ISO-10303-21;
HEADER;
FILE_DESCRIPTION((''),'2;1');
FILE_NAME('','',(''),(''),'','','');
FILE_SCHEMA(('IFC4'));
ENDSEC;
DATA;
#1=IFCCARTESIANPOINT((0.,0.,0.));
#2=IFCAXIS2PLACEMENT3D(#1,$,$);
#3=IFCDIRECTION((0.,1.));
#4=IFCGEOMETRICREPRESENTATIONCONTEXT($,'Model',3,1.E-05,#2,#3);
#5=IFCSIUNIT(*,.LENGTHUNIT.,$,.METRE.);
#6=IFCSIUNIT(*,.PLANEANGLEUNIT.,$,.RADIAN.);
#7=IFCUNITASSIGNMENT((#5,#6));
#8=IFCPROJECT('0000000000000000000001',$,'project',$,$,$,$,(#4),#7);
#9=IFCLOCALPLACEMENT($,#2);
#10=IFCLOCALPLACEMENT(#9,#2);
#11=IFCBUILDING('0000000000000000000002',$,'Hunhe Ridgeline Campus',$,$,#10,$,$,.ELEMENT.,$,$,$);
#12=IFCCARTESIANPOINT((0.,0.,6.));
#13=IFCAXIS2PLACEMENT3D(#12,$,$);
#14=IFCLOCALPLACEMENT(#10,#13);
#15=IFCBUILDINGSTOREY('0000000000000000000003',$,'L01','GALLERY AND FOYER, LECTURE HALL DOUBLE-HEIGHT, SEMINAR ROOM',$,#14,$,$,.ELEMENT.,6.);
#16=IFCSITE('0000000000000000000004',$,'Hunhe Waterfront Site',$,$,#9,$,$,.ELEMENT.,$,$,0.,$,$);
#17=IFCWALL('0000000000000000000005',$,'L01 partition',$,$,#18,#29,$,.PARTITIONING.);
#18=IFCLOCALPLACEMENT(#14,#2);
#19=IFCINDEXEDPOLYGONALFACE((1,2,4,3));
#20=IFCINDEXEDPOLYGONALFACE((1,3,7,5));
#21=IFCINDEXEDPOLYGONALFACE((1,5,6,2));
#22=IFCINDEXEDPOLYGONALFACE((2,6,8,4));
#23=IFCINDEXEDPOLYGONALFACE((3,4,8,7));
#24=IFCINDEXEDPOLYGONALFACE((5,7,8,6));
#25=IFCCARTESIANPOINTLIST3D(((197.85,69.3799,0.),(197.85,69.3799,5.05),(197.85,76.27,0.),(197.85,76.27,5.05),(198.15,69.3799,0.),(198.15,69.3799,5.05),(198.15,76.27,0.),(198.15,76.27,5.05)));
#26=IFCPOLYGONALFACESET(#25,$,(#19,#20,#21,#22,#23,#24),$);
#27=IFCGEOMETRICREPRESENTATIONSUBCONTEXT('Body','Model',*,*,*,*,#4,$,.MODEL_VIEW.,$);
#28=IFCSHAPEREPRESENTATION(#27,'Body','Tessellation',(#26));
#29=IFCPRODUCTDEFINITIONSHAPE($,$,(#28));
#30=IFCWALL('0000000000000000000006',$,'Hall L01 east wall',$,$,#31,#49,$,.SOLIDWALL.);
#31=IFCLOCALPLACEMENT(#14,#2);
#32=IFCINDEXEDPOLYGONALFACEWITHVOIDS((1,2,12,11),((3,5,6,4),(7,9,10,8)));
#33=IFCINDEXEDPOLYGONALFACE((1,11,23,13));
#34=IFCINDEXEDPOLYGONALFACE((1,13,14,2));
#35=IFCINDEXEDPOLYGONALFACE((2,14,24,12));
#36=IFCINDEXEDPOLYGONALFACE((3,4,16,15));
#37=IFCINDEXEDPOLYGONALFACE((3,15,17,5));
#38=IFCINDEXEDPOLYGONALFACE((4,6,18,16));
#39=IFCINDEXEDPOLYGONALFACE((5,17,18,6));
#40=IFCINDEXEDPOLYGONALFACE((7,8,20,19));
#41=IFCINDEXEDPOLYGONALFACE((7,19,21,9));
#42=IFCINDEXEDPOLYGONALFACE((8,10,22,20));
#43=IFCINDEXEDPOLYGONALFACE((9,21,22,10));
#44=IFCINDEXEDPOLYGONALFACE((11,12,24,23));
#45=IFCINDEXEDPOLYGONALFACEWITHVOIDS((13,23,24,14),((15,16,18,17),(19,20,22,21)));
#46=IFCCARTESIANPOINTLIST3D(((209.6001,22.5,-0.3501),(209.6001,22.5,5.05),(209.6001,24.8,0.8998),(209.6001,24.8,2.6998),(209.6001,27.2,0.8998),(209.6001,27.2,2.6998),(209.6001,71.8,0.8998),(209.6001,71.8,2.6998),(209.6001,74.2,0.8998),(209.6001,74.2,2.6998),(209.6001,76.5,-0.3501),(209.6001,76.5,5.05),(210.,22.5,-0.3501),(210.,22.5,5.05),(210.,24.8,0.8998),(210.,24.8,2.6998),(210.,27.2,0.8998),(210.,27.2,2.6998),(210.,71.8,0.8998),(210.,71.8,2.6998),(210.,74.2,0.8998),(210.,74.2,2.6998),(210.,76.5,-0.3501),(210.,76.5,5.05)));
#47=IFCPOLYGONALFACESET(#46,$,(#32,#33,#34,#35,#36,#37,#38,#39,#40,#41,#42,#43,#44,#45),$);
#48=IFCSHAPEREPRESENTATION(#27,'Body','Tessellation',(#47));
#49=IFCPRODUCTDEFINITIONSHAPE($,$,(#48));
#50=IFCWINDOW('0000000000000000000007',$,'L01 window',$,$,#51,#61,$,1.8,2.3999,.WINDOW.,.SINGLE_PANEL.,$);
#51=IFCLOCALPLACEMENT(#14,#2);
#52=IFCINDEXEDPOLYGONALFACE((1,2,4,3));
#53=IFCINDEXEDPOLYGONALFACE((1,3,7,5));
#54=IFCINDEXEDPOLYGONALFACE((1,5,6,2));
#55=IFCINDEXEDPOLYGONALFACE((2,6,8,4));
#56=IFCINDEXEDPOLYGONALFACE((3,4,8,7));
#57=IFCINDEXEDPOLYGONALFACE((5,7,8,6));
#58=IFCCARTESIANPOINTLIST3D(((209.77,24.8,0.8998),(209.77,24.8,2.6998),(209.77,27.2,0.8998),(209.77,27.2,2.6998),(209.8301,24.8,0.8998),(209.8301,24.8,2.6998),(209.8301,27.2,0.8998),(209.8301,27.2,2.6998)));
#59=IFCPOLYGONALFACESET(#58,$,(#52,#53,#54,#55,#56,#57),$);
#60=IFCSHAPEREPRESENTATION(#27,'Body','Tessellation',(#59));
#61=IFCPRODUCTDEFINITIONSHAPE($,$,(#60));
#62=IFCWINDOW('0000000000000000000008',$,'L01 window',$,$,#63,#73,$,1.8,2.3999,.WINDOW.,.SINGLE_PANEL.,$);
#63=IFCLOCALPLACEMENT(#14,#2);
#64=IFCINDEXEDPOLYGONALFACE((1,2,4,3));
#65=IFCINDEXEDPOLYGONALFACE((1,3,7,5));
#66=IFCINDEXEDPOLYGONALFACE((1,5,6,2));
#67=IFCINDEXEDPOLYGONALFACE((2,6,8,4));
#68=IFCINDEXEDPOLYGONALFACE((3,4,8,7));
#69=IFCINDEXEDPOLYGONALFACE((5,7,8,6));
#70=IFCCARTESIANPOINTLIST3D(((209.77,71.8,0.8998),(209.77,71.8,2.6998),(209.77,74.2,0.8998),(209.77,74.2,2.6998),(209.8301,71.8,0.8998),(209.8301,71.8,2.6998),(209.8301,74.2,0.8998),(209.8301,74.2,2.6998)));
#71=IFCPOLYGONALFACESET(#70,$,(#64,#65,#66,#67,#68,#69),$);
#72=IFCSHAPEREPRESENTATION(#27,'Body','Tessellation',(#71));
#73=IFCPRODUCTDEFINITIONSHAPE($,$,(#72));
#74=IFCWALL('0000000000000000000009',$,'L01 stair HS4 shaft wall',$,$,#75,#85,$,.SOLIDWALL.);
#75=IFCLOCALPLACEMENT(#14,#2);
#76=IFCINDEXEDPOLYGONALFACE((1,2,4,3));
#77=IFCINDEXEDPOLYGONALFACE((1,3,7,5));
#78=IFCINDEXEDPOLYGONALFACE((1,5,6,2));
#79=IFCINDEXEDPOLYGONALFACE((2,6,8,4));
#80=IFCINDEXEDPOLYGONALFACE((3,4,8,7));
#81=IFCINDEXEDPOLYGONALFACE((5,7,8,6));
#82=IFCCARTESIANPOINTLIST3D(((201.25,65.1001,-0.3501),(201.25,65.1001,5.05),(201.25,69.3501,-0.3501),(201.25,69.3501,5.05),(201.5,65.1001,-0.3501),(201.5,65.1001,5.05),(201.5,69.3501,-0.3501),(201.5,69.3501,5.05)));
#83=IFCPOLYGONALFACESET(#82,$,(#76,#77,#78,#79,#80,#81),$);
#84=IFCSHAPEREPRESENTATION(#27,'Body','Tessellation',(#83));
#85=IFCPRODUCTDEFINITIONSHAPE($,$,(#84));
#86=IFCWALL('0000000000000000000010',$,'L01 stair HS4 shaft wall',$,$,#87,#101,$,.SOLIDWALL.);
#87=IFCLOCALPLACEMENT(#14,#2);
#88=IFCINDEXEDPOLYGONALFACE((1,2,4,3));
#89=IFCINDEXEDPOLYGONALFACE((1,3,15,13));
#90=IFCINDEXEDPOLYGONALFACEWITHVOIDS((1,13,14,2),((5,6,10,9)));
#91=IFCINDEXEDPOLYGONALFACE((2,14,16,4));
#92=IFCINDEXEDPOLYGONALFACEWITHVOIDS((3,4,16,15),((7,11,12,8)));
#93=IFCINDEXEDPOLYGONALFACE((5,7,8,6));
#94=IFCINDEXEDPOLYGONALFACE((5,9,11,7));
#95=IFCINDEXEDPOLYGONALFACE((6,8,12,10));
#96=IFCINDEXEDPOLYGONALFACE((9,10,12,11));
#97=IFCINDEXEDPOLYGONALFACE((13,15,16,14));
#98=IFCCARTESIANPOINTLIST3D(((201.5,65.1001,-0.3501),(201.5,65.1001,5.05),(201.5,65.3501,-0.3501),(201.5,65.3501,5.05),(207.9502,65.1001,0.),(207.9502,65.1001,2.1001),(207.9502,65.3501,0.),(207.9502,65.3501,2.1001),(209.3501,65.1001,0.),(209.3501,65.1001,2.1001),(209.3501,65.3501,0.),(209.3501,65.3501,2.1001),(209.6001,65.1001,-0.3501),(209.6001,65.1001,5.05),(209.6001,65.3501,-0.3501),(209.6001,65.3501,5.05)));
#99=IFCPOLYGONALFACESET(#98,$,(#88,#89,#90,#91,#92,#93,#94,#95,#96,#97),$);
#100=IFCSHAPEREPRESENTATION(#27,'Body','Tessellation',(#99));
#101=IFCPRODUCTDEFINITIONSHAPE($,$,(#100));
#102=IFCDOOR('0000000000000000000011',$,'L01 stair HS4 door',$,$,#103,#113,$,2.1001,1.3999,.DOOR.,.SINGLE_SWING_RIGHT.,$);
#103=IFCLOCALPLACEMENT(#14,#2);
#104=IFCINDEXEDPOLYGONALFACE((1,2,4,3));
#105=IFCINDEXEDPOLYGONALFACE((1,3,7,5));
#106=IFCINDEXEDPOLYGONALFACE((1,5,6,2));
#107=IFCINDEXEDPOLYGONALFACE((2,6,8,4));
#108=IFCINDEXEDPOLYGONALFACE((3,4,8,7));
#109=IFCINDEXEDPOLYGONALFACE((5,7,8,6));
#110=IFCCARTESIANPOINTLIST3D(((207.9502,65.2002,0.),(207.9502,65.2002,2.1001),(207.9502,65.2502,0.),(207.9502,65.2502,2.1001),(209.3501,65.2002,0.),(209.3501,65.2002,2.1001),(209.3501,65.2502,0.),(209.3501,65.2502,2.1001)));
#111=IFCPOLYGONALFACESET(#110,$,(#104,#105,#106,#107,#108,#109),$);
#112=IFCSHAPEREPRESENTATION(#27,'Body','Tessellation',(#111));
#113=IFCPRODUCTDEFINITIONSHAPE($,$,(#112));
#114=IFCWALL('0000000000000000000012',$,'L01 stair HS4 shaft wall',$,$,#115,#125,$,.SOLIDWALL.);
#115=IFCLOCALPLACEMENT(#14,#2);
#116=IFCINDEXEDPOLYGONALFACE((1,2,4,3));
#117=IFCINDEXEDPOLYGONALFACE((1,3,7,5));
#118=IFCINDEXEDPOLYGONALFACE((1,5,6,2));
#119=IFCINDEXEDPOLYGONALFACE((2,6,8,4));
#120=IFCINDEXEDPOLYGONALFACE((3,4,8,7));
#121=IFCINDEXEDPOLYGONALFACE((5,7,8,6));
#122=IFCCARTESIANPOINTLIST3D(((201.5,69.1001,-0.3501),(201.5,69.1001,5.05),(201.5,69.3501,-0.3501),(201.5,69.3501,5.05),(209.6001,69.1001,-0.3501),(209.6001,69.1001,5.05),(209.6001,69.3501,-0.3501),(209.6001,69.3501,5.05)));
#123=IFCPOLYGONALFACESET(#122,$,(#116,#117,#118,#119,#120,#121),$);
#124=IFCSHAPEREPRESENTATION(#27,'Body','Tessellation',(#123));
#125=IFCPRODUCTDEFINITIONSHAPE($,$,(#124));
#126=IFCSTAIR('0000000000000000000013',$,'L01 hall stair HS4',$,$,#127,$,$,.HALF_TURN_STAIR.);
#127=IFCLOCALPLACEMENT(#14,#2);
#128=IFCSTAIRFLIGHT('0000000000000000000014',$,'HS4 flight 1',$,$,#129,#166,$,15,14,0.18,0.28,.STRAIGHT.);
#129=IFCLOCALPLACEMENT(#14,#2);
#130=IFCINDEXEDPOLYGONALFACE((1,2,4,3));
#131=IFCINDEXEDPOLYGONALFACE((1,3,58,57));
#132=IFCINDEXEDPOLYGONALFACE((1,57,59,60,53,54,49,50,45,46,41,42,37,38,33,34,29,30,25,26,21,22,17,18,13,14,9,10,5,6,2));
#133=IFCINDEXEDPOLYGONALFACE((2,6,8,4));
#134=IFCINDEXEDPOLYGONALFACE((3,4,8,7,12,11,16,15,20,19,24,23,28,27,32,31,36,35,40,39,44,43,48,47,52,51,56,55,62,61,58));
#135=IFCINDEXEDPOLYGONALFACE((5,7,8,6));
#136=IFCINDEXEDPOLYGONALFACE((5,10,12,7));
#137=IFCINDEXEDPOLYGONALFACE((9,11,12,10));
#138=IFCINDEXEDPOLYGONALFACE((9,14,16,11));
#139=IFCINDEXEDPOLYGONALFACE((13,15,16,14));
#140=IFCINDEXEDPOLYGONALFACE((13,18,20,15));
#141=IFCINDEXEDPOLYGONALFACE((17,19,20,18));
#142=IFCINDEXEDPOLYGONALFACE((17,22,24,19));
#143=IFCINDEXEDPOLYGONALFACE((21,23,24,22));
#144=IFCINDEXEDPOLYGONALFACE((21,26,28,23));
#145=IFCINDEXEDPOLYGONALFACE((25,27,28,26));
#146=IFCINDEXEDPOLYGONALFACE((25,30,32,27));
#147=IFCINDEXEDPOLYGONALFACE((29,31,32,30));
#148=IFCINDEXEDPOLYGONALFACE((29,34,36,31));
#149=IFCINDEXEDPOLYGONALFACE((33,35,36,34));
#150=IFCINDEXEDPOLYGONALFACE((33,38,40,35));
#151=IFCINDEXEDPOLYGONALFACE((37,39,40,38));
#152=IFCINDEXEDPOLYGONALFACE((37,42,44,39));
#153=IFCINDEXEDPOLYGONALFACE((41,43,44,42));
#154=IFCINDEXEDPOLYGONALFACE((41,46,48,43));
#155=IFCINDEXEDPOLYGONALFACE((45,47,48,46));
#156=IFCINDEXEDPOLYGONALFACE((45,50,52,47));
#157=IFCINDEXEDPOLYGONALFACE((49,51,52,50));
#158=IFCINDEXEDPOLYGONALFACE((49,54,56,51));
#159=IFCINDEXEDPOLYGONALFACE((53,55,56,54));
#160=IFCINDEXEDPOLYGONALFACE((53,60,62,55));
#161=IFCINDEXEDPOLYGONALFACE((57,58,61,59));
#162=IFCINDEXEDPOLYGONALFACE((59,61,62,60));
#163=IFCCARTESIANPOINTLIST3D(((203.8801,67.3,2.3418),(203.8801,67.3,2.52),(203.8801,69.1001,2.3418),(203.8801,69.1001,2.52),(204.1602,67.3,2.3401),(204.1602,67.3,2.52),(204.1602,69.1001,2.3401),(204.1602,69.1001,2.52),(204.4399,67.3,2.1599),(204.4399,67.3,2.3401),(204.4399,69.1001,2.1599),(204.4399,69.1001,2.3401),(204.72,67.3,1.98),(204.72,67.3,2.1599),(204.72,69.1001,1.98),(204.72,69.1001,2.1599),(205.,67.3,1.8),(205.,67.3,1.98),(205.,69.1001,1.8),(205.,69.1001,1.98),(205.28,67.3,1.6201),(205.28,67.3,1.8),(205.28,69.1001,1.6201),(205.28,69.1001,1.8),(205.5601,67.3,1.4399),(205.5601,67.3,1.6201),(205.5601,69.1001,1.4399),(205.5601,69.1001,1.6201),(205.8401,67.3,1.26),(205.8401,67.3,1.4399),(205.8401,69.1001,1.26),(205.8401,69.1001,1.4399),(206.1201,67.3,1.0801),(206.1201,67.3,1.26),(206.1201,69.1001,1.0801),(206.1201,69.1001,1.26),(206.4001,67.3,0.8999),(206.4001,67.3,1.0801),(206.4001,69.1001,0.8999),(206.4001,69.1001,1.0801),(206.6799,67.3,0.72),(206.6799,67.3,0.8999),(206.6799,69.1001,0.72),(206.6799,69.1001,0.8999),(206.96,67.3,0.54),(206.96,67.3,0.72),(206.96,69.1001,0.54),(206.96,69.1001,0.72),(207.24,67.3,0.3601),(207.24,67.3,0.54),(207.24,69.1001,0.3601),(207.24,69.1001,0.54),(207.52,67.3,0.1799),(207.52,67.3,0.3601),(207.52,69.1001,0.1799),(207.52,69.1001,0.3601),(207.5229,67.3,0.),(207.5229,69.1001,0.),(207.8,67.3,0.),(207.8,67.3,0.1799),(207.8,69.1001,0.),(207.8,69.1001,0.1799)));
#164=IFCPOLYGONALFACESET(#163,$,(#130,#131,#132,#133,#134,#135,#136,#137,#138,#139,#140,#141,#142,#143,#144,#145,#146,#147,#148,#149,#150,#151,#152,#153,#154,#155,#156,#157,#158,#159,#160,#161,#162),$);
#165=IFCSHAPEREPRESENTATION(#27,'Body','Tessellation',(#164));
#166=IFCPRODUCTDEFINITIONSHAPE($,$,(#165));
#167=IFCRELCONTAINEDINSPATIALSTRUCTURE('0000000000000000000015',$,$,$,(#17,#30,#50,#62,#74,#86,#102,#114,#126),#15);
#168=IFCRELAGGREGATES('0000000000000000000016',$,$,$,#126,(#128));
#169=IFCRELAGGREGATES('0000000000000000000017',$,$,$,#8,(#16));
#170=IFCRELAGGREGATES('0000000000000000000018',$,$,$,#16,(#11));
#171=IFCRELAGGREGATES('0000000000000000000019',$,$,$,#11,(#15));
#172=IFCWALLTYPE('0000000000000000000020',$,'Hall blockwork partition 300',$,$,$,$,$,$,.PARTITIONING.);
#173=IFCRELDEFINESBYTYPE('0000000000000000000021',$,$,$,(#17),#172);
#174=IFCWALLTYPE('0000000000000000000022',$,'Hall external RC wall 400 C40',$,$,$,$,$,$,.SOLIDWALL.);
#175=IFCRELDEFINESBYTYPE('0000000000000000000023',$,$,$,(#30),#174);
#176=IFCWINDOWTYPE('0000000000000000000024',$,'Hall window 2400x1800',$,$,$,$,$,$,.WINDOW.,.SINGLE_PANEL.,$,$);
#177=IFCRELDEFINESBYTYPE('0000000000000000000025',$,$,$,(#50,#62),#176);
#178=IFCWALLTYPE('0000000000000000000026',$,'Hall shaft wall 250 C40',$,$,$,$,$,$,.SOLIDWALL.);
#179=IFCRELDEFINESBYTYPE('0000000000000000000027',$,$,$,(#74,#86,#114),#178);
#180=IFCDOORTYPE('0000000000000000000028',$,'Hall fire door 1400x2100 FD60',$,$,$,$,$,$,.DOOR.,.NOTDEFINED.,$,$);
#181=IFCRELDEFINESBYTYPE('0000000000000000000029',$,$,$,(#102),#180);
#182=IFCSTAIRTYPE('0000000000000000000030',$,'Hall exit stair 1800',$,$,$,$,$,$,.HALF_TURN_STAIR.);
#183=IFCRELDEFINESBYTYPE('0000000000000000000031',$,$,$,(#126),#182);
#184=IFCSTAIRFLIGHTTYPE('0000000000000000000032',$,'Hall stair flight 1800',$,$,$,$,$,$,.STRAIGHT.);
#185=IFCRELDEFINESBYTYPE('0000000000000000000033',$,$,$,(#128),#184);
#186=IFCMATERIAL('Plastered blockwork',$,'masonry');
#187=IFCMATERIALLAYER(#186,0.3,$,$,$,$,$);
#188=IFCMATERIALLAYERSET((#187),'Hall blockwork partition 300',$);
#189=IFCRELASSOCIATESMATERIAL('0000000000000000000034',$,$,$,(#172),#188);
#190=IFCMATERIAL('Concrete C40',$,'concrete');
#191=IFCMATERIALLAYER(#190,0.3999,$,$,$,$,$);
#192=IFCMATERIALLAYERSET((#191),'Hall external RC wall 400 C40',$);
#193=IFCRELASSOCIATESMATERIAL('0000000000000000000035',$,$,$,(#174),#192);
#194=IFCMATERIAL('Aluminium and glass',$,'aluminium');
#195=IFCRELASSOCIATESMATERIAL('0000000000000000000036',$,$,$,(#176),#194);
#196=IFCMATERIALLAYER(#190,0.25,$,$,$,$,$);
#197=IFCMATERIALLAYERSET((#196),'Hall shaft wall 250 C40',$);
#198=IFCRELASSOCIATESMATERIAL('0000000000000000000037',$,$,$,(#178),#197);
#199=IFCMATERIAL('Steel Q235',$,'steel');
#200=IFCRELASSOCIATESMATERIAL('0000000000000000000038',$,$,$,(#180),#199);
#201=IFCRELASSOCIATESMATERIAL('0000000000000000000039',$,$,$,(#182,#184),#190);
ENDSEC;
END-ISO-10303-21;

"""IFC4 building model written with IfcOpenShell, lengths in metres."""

from ifc_helpers import new_model, si_unit, direction, frame, frame_2d, origin, place, context, subcontext, project, spatial, polyline, rectangle, outline, extrude, material, layer, layer_set, type_object, element, fill, aggregate, save


model = new_model("IFC4")

# Units and contexts
model_context = context("Model", 3, precision=1e-05, world=origin(), true_north=direction((0.0, 1.0)))
body_context = subcontext(model_context, "Body", "Model", "MODEL_VIEW")
ifc_project = project(units=[si_unit("LENGTHUNIT", "METRE"), si_unit("PLANEANGLEUNIT", "RADIAN")], contexts=[model_context])

# Site, building, storey
site_placement = place(None, origin())
site = spatial("IfcSite", under=ifc_project, at=site_placement, Name="Hunhe Waterfront Site", CompositionType="ELEMENT", RefElevation=0.0)
building_placement = place(site_placement, origin())
building = spatial("IfcBuilding", under=site, at=building_placement, Name="Hunhe Ridgeline Campus", CompositionType="ELEMENT")
storey_placement = place(building_placement, frame((0.0, 0.0, 6.0)))
storey = spatial("IfcBuildingStorey", under=building, at=storey_placement, Name="L01", Description="GALLERY AND FOYER, LECTURE HALL DOUBLE-HEIGHT, SEMINAR ROOM", CompositionType="ELEMENT", Elevation=6.0)

# Wall
ifc_material_1 = material(Name="Plastered blockwork", Category="masonry")
ifc_layer_1 = layer(ifc_material_1, 0.3)
ifc_layer_set_1 = layer_set([ifc_layer_1], Name="Hall blockwork partition 300")
wall_type_1 = type_object("IfcWallType", Name="Hall blockwork partition 300", PredefinedType="PARTITIONING", material=ifc_layer_set_1)
wall_1_placement = place(storey_placement, frame((198.0, 69.3799, 0.0), z_axis=(0.0, 0.0, 1.0), x_axis=(0.0, 1.0, 0.0)))
element("IfcWall", 1, at=wall_1_placement, inside=storey, type_object=wall_type_1, Name="L01 partition", PredefinedType="PARTITIONING", context=body_context, shape_type="SweptSolid", body=[
    extrude(rectangle(XDim=6.8901, YDim=0.3, at=frame_2d((3.4451, 0.0))), origin(), (0.0, 0.0, 1.0), 5.05),
])

# Wall, openings, windows
ifc_material_2 = material(Name="Concrete C40", Category="concrete")
ifc_layer_2 = layer(ifc_material_2, 0.3999)
ifc_layer_set_2 = layer_set([ifc_layer_2], Name="Hall external RC wall 400 C40")
wall_type_2 = type_object("IfcWallType", Name="Hall external RC wall 400 C40", PredefinedType="SOLIDWALL", material=ifc_layer_set_2)
wall_2_placement = place(storey_placement, frame((209.8, 76.5, -0.3501), z_axis=(0.0, 0.0, 1.0), x_axis=(0.0, -1.0, 0.0)))
wall_2 = element("IfcWall", 2, at=wall_2_placement, inside=storey, type_object=wall_type_2, Name="Hall L01 east wall", PredefinedType="SOLIDWALL", context=body_context, shape_type="SweptSolid", body=[
    extrude(rectangle(XDim=54.0, YDim=0.3999, at=frame_2d((27.0, 0.0))), origin(), (0.0, 0.0, 1.0), 5.4001),
])
opening_1_placement = place(wall_2_placement, frame((49.3, 0.0, 1.25)))
opening_1 = element("IfcOpeningElement", 3, at=opening_1_placement, cuts=wall_2, PredefinedType="OPENING", context=body_context, shape_type="SweptSolid", body=[
    extrude(rectangle(XDim=2.3999, YDim=1.8, at=frame_2d((1.2, 0.8999))), frame((0.0, 0.2, 0.0), z_axis=(0.0, -1.0, 0.0), x_axis=(1.0, 0.0, 0.0)), (0.0, 0.0, 1.0), 0.3999),
])
opening_2_placement = place(wall_2_placement, frame((2.3, 0.0, 1.25)))
opening_2 = element("IfcOpeningElement", 4, at=opening_2_placement, cuts=wall_2, PredefinedType="OPENING", context=body_context, shape_type="SweptSolid", body=[
    extrude(rectangle(XDim=2.3999, YDim=1.8, at=frame_2d((1.2, 0.8999))), frame((0.0, 0.2, 0.0), z_axis=(0.0, -1.0, 0.0), x_axis=(1.0, 0.0, 0.0)), (0.0, 0.0, 1.0), 0.3999),
])
ifc_material_3 = material(Name="Aluminium and glass", Category="aluminium")
window_type = type_object("IfcWindowType", Name="Hall window 2400x1800", PartitioningType="SINGLE_PANEL", PredefinedType="WINDOW", material=ifc_material_3)
window_1_placement = place(opening_1_placement, origin())
window_1 = element("IfcWindow", 5, at=window_1_placement, inside=storey, type_object=window_type, Name="L01 window", OverallHeight=1.8, OverallWidth=2.3999, PartitioningType="SINGLE_PANEL", PredefinedType="WINDOW", context=body_context, shape_type="SweptSolid", body=[
    extrude(rectangle(XDim=2.3999, YDim=1.8, at=frame_2d((1.2, 0.8999))), frame((0.0, 0.03, 0.0), z_axis=(0.0, -1.0, 0.0), x_axis=(1.0, 0.0, 0.0)), (0.0, 0.0, 1.0), 0.0601),
])
fill(opening_1, window_1)
window_2_placement = place(opening_2_placement, origin())
window_2 = element("IfcWindow", 6, at=window_2_placement, inside=storey, type_object=window_type, Name="L01 window", OverallHeight=1.8, OverallWidth=2.3999, PartitioningType="SINGLE_PANEL", PredefinedType="WINDOW", context=body_context, shape_type="SweptSolid", body=[
    extrude(rectangle(XDim=2.3999, YDim=1.8, at=frame_2d((1.2, 0.8999))), frame((0.0, 0.03, 0.0), z_axis=(0.0, -1.0, 0.0), x_axis=(1.0, 0.0, 0.0)), (0.0, 0.0, 1.0), 0.0601),
])
fill(opening_2, window_2)

# Wall
ifc_layer_3 = layer(ifc_material_2, 0.25)
ifc_layer_set_3 = layer_set([ifc_layer_3], Name="Hall shaft wall 250 C40")
wall_type_3 = type_object("IfcWallType", Name="Hall shaft wall 250 C40", PredefinedType="SOLIDWALL", material=ifc_layer_set_3)
wall_3_placement = place(storey_placement, frame((201.375, 65.1001, -0.3501), z_axis=(0.0, 0.0, 1.0), x_axis=(0.0, 1.0, 0.0)))
element("IfcWall", 7, at=wall_3_placement, inside=storey, type_object=wall_type_3, Name="L01 stair HS4 shaft wall", PredefinedType="SOLIDWALL", context=body_context, shape_type="SweptSolid", body=[
    extrude(rectangle(XDim=4.25, YDim=0.25, at=frame_2d((2.125, 0.0))), origin(), (0.0, 0.0, 1.0), 5.4001),
])

# Wall, opening, door
wall_4_placement = place(storey_placement, frame((209.6001, 65.2251, -0.3501), z_axis=(0.0, 0.0, 1.0), x_axis=(-1.0, 0.0, 0.0)))
wall_4 = element("IfcWall", 8, at=wall_4_placement, inside=storey, type_object=wall_type_3, Name="L01 stair HS4 shaft wall", PredefinedType="SOLIDWALL", context=body_context, shape_type="SweptSolid", body=[
    extrude(rectangle(XDim=8.1001, YDim=0.25, at=frame_2d((4.05, 0.0))), origin(), (0.0, 0.0, 1.0), 5.4001),
])
opening_3_placement = place(wall_4_placement, frame((0.25, 0.0, 0.3501)))
opening_3 = element("IfcOpeningElement", 9, at=opening_3_placement, cuts=wall_4, PredefinedType="OPENING", context=body_context, shape_type="SweptSolid", body=[
    extrude(rectangle(XDim=1.3999, YDim=2.1001, at=frame_2d((0.7, 1.05))), frame((0.0, 0.125, 0.0), z_axis=(0.0, -1.0, 0.0), x_axis=(1.0, 0.0, 0.0)), (0.0, 0.0, 1.0), 0.25),
])
ifc_material_4 = material(Name="Steel Q235", Category="steel")
door_type_1 = type_object("IfcDoorType", Name="Hall fire door 1400x2100 FD60", OperationType="NOTDEFINED", PredefinedType="DOOR", material=ifc_material_4)
door_1_placement = place(opening_3_placement, origin())
door_1 = element("IfcDoor", 10, at=door_1_placement, inside=storey, type_object=door_type_1, Name="L01 stair HS4 door", OperationType="SINGLE_SWING_RIGHT", OverallHeight=2.1001, OverallWidth=1.3999, PredefinedType="DOOR", context=body_context, shape_type="SweptSolid", body=[
    extrude(rectangle(XDim=1.3999, YDim=2.1001, at=frame_2d((0.7, 1.05))), frame((0.0, 0.0249, 0.0), z_axis=(0.0, -1.0, 0.0), x_axis=(1.0, 0.0, 0.0)), (0.0, 0.0, 1.0), 0.05),
])
fill(opening_3, door_1)

# Wall
wall_5_placement = place(storey_placement, frame((201.5, 69.2251, -0.3501), z_axis=(0.0, 0.0, 1.0), x_axis=(1.0, 0.0, 0.0)))
element("IfcWall", 11, at=wall_5_placement, inside=storey, type_object=wall_type_3, Name="L01 stair HS4 shaft wall", PredefinedType="SOLIDWALL", context=body_context, shape_type="SweptSolid", body=[
    extrude(rectangle(XDim=8.1001, YDim=0.25, at=frame_2d((4.05, 0.0))), origin(), (0.0, 0.0, 1.0), 5.4001),
])

# Stair, stair flight
stair_type = type_object("IfcStairType", Name="Hall exit stair 1800", PredefinedType="HALF_TURN_STAIR", material=ifc_material_2)
stair_placement = place(storey_placement, origin())
stair = element("IfcStair", 12, at=stair_placement, inside=storey, type_object=stair_type, Name="L01 hall stair HS4", PredefinedType="HALF_TURN_STAIR")
stair_flight_type = type_object("IfcStairFlightType", Name="Hall stair flight 1800", PredefinedType="STRAIGHT", material=ifc_material_2)
stair_flight_1_placement = place(storey_placement, frame((207.8, 68.2, 0.0), z_axis=(0.0, 0.0, 1.0), x_axis=(-1.0, 0.0, 0.0)))
stair_flight_1 = element("IfcStairFlight", 13, at=stair_flight_1_placement, type_object=stair_flight_type, Name="HS4 flight 1", NumberOfRisers=15, NumberOfTreads=14, PredefinedType="STRAIGHT", RiserHeight=0.18, TreadLength=0.28, context=body_context, shape_type="SweptSolid", body=[
    extrude(outline(polyline([(0.0, 0.0), (0.0, 0.1799), (0.28, 0.1799), (0.28, 0.3601), (0.5601, 0.3601), (0.5601, 0.54), (0.8401, 0.54), (0.8401, 0.72), (1.1201, 0.72), (1.1201, 0.8999), (1.3999, 0.8999), (1.3999, 1.0801), (1.6799, 1.0801), (1.6799, 1.26), (1.96, 1.26), (1.96, 1.4399), (2.24, 1.4399), (2.24, 1.6201), (2.52, 1.6201), (2.52, 1.8), (2.8, 1.8), (2.8, 1.98), (3.0801, 1.98), (3.0801, 2.1599), (3.3601, 2.1599), (3.3601, 2.3401), (3.6399, 2.3401), (3.6399, 2.52), (3.9199, 2.52), (3.9199, 2.7), (3.9199, 2.3418), (0.2771, 0.0), (0.0, 0.0)])), frame((0.0, 0.8999, 0.0), z_axis=(0.0, -1.0, 0.0), x_axis=(1.0, 0.0, 0.0)), (0.0, 0.0, 1.0), 1.8),
])
aggregate(stair, [stair_flight_1])

save(model, "model.ifc")
